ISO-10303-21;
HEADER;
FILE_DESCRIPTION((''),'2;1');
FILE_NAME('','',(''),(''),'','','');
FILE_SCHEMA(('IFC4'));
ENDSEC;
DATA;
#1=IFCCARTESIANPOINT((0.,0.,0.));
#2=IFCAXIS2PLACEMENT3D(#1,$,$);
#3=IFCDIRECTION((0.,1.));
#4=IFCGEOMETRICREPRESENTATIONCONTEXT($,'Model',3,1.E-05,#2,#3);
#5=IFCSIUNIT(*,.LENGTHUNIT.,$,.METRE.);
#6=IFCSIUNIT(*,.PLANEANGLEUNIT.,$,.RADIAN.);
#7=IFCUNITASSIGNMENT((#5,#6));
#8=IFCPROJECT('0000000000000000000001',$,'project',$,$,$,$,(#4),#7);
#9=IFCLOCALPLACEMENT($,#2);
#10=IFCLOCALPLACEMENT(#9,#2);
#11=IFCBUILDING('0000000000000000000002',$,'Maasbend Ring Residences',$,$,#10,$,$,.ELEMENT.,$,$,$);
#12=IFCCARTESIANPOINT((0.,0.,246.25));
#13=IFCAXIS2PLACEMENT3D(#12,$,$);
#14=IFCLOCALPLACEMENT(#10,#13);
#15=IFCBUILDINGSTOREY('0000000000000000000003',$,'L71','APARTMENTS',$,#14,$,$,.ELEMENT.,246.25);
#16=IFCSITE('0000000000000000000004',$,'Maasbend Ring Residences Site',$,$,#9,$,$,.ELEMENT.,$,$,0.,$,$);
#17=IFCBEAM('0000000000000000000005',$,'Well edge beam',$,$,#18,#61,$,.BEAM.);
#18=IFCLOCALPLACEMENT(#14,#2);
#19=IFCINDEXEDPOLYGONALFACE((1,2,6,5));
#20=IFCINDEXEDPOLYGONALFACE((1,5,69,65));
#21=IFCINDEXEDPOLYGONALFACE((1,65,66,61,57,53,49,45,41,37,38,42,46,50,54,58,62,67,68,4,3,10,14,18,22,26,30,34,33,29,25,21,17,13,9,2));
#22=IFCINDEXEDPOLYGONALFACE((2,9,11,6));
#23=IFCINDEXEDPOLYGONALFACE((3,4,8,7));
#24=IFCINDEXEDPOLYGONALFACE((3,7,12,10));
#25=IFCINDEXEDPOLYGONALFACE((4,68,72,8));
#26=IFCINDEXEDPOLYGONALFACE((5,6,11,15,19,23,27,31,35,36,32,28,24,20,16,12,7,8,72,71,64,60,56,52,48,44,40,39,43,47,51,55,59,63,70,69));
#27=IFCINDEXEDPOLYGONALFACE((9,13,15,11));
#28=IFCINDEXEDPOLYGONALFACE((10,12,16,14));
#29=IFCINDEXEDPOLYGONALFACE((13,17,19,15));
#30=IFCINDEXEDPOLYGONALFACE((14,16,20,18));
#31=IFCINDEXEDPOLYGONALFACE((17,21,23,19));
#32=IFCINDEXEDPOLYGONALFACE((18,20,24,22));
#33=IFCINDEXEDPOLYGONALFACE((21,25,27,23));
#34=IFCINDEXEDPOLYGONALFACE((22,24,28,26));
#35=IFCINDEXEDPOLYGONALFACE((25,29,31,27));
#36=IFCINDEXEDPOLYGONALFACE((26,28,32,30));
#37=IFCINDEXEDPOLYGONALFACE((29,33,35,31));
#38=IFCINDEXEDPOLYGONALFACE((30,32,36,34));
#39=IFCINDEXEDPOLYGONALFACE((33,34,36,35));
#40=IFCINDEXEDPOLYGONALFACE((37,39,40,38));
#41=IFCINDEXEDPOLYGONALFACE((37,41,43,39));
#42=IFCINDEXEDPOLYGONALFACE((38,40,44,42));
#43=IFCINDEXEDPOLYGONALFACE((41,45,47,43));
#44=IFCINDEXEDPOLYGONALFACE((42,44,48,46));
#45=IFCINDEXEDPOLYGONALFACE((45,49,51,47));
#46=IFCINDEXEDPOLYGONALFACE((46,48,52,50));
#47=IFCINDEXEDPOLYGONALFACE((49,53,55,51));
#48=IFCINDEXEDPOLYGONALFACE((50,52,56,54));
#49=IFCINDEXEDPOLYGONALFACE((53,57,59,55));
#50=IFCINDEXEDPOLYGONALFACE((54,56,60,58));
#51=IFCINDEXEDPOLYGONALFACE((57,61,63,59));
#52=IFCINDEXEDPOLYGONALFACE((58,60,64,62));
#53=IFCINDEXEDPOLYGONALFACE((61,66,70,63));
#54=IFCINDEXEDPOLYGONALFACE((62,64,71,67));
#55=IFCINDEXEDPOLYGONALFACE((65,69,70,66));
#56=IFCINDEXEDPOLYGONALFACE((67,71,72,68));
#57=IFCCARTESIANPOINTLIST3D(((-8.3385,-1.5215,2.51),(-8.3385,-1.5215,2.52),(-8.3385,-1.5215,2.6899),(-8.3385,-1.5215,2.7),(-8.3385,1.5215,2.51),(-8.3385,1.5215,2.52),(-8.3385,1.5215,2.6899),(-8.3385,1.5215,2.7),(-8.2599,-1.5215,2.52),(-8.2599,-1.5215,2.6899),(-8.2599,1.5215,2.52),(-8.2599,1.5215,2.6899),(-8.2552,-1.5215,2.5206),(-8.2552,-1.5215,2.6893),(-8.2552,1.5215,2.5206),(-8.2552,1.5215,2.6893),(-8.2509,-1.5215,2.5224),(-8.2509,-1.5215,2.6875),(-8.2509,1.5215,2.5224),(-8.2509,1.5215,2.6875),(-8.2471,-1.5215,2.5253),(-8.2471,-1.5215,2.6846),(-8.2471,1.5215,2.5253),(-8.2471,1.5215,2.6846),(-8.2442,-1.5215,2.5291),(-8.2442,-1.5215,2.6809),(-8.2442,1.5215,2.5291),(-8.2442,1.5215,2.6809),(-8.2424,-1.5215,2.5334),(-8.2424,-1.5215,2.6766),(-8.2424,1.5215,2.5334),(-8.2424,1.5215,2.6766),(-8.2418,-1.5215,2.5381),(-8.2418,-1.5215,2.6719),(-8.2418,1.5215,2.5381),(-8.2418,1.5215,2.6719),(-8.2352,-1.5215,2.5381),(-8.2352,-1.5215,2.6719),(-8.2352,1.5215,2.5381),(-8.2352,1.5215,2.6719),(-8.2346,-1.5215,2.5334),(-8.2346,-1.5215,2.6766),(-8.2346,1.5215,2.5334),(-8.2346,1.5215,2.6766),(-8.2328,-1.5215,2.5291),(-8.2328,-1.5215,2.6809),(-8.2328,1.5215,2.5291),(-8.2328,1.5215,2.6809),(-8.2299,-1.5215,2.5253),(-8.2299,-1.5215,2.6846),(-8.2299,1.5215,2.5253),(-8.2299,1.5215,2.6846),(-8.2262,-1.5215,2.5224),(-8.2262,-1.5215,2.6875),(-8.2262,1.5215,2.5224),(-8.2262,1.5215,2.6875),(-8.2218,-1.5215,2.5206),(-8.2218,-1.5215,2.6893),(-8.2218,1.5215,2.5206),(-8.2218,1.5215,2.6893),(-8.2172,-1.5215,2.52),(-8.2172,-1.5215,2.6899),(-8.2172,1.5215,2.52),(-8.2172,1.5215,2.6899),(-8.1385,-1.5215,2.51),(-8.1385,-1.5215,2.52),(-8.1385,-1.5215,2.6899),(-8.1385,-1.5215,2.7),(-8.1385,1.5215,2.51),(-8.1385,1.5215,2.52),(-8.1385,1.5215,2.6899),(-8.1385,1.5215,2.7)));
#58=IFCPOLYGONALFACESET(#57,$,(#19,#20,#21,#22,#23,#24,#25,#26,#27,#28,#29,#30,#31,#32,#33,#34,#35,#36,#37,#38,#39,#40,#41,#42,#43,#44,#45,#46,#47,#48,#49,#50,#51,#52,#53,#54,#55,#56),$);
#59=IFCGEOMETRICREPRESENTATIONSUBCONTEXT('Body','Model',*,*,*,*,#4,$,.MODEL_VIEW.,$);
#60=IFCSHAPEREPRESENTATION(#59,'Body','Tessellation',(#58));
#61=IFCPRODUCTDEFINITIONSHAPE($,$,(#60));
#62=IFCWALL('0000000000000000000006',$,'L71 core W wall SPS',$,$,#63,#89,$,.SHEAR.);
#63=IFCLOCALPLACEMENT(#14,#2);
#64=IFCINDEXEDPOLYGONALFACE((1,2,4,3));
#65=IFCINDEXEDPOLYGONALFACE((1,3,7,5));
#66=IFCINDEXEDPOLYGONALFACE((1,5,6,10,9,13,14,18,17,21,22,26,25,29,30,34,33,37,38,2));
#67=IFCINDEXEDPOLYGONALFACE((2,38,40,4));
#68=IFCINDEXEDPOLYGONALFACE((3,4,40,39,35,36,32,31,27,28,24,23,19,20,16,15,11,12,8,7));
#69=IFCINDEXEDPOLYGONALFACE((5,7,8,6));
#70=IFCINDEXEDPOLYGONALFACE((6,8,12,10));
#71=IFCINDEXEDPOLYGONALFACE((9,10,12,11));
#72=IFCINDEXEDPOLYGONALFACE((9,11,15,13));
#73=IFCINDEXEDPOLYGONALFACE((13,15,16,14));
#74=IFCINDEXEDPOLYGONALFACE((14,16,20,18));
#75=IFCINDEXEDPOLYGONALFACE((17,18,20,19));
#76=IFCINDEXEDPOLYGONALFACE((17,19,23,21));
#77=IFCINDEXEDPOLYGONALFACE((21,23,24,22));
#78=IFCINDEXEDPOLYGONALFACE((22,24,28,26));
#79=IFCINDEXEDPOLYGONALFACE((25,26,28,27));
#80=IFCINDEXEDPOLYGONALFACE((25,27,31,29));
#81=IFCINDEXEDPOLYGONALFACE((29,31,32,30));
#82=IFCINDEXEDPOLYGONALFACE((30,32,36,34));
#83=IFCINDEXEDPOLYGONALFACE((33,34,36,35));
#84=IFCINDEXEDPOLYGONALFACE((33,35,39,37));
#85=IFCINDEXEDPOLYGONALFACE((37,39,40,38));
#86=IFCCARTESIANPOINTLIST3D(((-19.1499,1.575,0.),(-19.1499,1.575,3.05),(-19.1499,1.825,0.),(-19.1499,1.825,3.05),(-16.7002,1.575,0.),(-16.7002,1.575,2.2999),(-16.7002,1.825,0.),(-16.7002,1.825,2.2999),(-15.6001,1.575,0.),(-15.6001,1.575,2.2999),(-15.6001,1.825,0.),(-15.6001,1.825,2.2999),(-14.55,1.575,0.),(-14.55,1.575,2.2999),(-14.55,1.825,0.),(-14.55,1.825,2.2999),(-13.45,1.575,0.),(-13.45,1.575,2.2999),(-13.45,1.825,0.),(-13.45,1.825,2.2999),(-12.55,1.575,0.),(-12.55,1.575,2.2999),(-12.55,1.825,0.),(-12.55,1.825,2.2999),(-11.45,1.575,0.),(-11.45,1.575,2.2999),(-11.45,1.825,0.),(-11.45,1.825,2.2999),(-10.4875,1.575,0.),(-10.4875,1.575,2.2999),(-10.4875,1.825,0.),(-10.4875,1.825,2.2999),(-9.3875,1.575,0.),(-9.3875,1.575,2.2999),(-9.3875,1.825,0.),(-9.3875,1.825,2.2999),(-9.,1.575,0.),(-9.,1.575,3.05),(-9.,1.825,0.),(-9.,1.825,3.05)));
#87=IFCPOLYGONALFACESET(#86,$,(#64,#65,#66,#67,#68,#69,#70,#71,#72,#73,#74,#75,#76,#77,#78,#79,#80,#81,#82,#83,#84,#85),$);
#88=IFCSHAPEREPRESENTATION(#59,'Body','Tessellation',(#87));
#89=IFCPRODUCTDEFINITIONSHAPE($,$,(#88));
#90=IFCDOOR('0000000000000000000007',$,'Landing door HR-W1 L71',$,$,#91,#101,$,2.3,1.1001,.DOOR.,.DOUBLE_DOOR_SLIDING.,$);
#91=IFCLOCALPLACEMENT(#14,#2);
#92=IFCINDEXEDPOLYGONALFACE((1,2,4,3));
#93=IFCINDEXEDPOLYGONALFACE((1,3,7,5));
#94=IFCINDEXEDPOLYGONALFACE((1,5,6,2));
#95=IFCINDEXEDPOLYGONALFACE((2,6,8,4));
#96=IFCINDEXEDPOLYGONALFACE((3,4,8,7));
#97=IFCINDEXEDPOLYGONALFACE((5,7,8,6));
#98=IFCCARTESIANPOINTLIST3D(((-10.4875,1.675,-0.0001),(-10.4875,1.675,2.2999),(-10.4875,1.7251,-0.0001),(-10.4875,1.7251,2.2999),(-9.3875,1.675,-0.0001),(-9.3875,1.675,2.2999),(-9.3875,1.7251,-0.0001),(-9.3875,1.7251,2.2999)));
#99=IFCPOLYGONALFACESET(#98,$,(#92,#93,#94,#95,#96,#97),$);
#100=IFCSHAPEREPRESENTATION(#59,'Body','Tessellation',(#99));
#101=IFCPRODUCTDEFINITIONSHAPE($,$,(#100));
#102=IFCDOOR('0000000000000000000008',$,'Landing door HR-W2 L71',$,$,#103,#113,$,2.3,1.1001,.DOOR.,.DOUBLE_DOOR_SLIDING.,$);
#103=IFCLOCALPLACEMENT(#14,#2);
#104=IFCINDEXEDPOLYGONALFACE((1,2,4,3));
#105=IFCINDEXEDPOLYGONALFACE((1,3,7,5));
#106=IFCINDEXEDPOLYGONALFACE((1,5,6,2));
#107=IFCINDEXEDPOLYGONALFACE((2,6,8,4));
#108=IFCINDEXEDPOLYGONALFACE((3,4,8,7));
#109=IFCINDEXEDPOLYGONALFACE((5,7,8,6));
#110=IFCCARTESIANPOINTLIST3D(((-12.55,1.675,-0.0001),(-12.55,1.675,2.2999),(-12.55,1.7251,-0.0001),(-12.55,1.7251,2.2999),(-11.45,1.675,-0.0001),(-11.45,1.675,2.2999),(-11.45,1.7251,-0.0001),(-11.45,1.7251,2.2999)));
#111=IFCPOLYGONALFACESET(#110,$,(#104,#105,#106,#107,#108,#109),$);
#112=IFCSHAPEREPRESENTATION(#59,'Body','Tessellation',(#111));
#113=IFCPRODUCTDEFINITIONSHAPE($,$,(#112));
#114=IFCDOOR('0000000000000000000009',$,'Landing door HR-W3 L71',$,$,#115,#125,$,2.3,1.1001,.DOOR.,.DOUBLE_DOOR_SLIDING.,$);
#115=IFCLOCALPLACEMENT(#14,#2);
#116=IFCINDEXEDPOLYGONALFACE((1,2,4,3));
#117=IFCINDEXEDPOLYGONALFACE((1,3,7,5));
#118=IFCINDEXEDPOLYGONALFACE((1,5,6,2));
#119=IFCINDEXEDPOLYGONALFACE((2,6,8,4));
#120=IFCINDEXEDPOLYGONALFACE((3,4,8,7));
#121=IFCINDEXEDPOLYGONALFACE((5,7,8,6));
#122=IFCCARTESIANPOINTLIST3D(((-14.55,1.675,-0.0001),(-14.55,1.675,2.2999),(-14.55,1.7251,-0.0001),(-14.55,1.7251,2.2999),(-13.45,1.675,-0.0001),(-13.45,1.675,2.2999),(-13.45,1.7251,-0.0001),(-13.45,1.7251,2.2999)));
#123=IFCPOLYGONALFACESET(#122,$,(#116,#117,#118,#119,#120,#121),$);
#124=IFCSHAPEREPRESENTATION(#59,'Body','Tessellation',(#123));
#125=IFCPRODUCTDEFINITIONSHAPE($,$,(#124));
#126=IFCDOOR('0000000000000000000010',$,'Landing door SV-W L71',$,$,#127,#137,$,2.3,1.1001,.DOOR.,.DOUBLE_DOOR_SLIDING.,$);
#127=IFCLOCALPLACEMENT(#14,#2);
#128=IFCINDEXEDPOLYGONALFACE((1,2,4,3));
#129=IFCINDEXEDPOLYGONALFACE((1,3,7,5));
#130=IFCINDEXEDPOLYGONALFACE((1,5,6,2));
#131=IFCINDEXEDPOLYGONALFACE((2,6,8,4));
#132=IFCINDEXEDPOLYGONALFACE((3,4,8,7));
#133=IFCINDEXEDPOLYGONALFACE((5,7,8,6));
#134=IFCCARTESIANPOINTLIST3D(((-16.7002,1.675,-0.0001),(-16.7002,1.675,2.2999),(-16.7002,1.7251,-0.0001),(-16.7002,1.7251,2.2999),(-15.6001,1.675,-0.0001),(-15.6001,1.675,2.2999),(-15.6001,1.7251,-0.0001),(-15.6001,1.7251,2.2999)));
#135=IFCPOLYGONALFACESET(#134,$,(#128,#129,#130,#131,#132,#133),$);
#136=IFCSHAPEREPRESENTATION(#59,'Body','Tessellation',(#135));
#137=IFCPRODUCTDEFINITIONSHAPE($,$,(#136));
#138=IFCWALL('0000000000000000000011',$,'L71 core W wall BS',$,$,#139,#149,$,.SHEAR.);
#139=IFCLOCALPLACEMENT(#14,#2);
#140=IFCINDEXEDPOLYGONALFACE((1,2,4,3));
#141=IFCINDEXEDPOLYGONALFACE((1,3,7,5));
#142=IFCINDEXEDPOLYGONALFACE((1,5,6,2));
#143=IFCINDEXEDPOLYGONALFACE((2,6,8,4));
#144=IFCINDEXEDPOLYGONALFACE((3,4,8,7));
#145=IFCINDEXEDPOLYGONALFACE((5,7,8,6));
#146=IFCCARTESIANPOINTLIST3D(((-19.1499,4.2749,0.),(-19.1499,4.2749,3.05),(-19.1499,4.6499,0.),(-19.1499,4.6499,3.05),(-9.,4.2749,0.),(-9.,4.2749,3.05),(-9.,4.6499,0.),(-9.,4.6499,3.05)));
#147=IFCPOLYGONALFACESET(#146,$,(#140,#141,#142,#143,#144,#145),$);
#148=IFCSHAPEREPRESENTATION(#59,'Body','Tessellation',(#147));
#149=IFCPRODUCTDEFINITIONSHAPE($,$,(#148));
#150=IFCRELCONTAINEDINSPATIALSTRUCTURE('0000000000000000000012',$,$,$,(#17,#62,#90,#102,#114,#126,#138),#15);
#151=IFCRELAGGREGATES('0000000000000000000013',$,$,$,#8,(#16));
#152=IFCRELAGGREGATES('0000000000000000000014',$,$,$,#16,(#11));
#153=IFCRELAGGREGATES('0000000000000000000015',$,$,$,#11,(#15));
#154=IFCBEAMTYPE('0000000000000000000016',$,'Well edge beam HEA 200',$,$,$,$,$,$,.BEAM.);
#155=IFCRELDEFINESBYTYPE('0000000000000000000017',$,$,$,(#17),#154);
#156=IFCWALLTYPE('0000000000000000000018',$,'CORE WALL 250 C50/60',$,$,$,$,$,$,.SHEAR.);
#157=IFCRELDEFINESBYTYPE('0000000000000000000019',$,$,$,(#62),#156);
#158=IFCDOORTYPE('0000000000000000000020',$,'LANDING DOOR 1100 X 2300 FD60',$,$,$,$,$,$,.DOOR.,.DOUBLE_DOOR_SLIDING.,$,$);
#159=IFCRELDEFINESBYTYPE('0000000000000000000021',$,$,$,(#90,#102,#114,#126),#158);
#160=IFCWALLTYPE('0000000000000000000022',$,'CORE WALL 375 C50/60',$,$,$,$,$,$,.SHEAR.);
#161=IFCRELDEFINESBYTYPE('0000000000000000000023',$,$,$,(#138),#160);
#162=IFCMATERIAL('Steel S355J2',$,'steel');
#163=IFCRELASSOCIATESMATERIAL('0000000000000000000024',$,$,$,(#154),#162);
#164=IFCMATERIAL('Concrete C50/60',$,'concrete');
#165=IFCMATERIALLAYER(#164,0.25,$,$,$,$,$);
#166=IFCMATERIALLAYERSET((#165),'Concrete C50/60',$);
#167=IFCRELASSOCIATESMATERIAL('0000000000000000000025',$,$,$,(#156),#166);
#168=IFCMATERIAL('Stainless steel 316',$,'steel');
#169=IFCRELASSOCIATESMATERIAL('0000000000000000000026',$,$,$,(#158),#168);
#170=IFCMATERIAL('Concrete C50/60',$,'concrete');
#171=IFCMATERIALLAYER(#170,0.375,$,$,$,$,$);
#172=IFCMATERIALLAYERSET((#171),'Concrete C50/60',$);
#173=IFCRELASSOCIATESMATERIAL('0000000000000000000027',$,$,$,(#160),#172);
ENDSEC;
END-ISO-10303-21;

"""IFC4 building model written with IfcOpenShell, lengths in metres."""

from ifc_helpers import new_model, si_unit, direction, frame, frame_2d, origin, origin_2d, place, context, subcontext, project, spatial, rectangle, i_section, extrude, material, layer, layer_set, material_profile, profile_set, type_object, element, fill, save


model = new_model("IFC4")

# Units and contexts
model_context = context("Model", 3, precision=1e-05, world=origin(), true_north=direction((0.0, 1.0)))
body_context = subcontext(model_context, "Body", "Model", "MODEL_VIEW")
ifc_project = project(units=[si_unit("LENGTHUNIT", "METRE"), si_unit("PLANEANGLEUNIT", "RADIAN")], contexts=[model_context])

# Site, building, storey
site_placement = place(None, origin())
site = spatial("IfcSite", under=ifc_project, at=site_placement, Name="Maasbend Ring Residences Site", CompositionType="ELEMENT", RefElevation=0.0)
building_placement = place(site_placement, origin())
building = spatial("IfcBuilding", under=site, at=building_placement, Name="Maasbend Ring Residences", CompositionType="ELEMENT")
storey_placement = place(building_placement, frame((0.0, 0.0, 246.25)))
storey = spatial("IfcBuildingStorey", under=building, at=storey_placement, Name="L71", Description="APARTMENTS", CompositionType="ELEMENT", Elevation=246.25)

# Beam
ifc_material_1 = material(Name="Steel S355J2", Category="steel")
ifc_material_profile = material_profile(ifc_material_1, i_section(OverallWidth=0.2, OverallDepth=0.1899, WebThickness=0.0066, FlangeThickness=0.01, FilletRadius=0.0181, at=origin_2d()), Name="HEA 200")
ifc_profile_set = profile_set([ifc_material_profile], Name="Steel S355J2")
beam_type = type_object("IfcBeamType", Name="Well edge beam HEA 200", PredefinedType="BEAM", material=ifc_profile_set)
beam_placement = place(storey_placement, frame((-8.2385, 1.5215, 2.605), z_axis=(0.0, -1.0, 0.0), x_axis=(1.0, 0.0, 0.0)))
element("IfcBeam", 1, at=beam_placement, inside=storey, type_object=beam_type, Name="Well edge beam", PredefinedType="BEAM", context=body_context, shape_type="SweptSolid", body=[
    extrude(i_section(OverallWidth=0.2, OverallDepth=0.1899, WebThickness=0.0066, FlangeThickness=0.01, FilletRadius=0.0181, at=origin_2d()), origin(), (0.0, 0.0, 1.0), 3.043),
])

# Wall, openings, doors
ifc_material_2 = material(Name="Concrete C50/60", Category="concrete")
ifc_layer_1 = layer(ifc_material_2, 0.25)
ifc_layer_set_1 = layer_set([ifc_layer_1], Name="Concrete C50/60")
wall_type_1 = type_object("IfcWallType", Name="CORE WALL 250 C50/60", PredefinedType="SHEAR", material=ifc_layer_set_1)
wall_1_placement = place(storey_placement, frame((-9.0, 1.7, 0.0), z_axis=(0.0, 0.0, 1.0), x_axis=(-1.0, 0.0, 0.0)))
wall_1 = element("IfcWall", 2, at=wall_1_placement, inside=storey, type_object=wall_type_1, Name="L71 core W wall SPS", PredefinedType="SHEAR", context=body_context, shape_type="SweptSolid", body=[
    extrude(rectangle(XDim=10.1499, YDim=0.25, at=frame_2d((5.075, 0.0))), origin(), (0.0, 0.0, 1.0), 3.05),
])
opening_1_placement = place(wall_1_placement, frame((0.3875, 0.0, 0.0)))
opening_1 = element("IfcOpeningElement", 3, at=opening_1_placement, cuts=wall_1, PredefinedType="OPENING", context=body_context, shape_type="SweptSolid", body=[
    extrude(rectangle(XDim=1.1001, YDim=2.3, at=frame_2d((0.55, 1.1499))), frame((0.0, 0.135, 0.0), z_axis=(0.0, -1.0, 0.0), x_axis=(1.0, 0.0, 0.0)), (0.0, 0.0, 1.0), 0.27),
])
opening_2_placement = place(wall_1_placement, frame((2.45, 0.0, 0.0)))
opening_2 = element("IfcOpeningElement", 4, at=opening_2_placement, cuts=wall_1, PredefinedType="OPENING", context=body_context, shape_type="SweptSolid", body=[
    extrude(rectangle(XDim=1.1001, YDim=2.3, at=frame_2d((0.55, 1.1499))), frame((0.0, 0.135, 0.0), z_axis=(0.0, -1.0, 0.0), x_axis=(1.0, 0.0, 0.0)), (0.0, 0.0, 1.0), 0.27),
])
opening_3_placement = place(wall_1_placement, frame((4.45, 0.0, 0.0)))
opening_3 = element("IfcOpeningElement", 5, at=opening_3_placement, cuts=wall_1, PredefinedType="OPENING", context=body_context, shape_type="SweptSolid", body=[
    extrude(rectangle(XDim=1.1001, YDim=2.3, at=frame_2d((0.55, 1.1499))), frame((0.0, 0.135, 0.0), z_axis=(0.0, -1.0, 0.0), x_axis=(1.0, 0.0, 0.0)), (0.0, 0.0, 1.0), 0.27),
])
opening_4_placement = place(wall_1_placement, frame((6.6001, 0.0, 0.0)))
opening_4 = element("IfcOpeningElement", 6, at=opening_4_placement, cuts=wall_1, PredefinedType="OPENING", context=body_context, shape_type="SweptSolid", body=[
    extrude(rectangle(XDim=1.1001, YDim=2.3, at=frame_2d((0.55, 1.1499))), frame((0.0, 0.135, 0.0), z_axis=(0.0, -1.0, 0.0), x_axis=(1.0, 0.0, 0.0)), (0.0, 0.0, 1.0), 0.27),
])
ifc_material_3 = material(Name="Stainless steel 316", Category="steel")
door_type_1 = type_object("IfcDoorType", Name="LANDING DOOR 1100 X 2300 FD60", OperationType="DOUBLE_DOOR_SLIDING", PredefinedType="DOOR", material=ifc_material_3)
door_1_placement = place(opening_1_placement, origin())
door_1 = element("IfcDoor", 7, at=door_1_placement, inside=storey, type_object=door_type_1, Name="Landing door HR-W1 L71", OperationType="DOUBLE_DOOR_SLIDING", OverallHeight=2.3, OverallWidth=1.1001, PredefinedType="DOOR", context=body_context, shape_type="SweptSolid", body=[
    extrude(rectangle(XDim=1.1001, YDim=2.3, at=frame_2d((0.55, 1.1499))), frame((0.0, 0.0249, 0.0), z_axis=(0.0, -1.0, 0.0), x_axis=(1.0, 0.0, 0.0)), (0.0, 0.0, 1.0), 0.05),
])
fill(opening_1, door_1)
door_2_placement = place(opening_2_placement, origin())
door_2 = element("IfcDoor", 8, at=door_2_placement, inside=storey, type_object=door_type_1, Name="Landing door HR-W2 L71", OperationType="DOUBLE_DOOR_SLIDING", OverallHeight=2.3, OverallWidth=1.1001, PredefinedType="DOOR", context=body_context, shape_type="SweptSolid", body=[
    extrude(rectangle(XDim=1.1001, YDim=2.3, at=frame_2d((0.55, 1.1499))), frame((0.0, 0.0249, 0.0), z_axis=(0.0, -1.0, 0.0), x_axis=(1.0, 0.0, 0.0)), (0.0, 0.0, 1.0), 0.05),
])
fill(opening_2, door_2)
door_3_placement = place(opening_3_placement, origin())
door_3 = element("IfcDoor", 9, at=door_3_placement, inside=storey, type_object=door_type_1, Name="Landing door HR-W3 L71", OperationType="DOUBLE_DOOR_SLIDING", OverallHeight=2.3, OverallWidth=1.1001, PredefinedType="DOOR", context=body_context, shape_type="SweptSolid", body=[
    extrude(rectangle(XDim=1.1001, YDim=2.3, at=frame_2d((0.55, 1.1499))), frame((0.0, 0.0249, 0.0), z_axis=(0.0, -1.0, 0.0), x_axis=(1.0, 0.0, 0.0)), (0.0, 0.0, 1.0), 0.05),
])
fill(opening_3, door_3)
door_4_placement = place(opening_4_placement, origin())
door_4 = element("IfcDoor", 10, at=door_4_placement, inside=storey, type_object=door_type_1, Name="Landing door SV-W L71", OperationType="DOUBLE_DOOR_SLIDING", OverallHeight=2.3, OverallWidth=1.1001, PredefinedType="DOOR", context=body_context, shape_type="SweptSolid", body=[
    extrude(rectangle(XDim=1.1001, YDim=2.3, at=frame_2d((0.55, 1.1499))), frame((0.0, 0.0249, 0.0), z_axis=(0.0, -1.0, 0.0), x_axis=(1.0, 0.0, 0.0)), (0.0, 0.0, 1.0), 0.05),
])
fill(opening_4, door_4)

# Wall
ifc_material_4 = material(Name="Concrete C50/60", Category="concrete")
ifc_layer_2 = layer(ifc_material_4, 0.375)
ifc_layer_set_2 = layer_set([ifc_layer_2], Name="Concrete C50/60")
wall_type_2 = type_object("IfcWallType", Name="CORE WALL 375 C50/60", PredefinedType="SHEAR", material=ifc_layer_set_2)
wall_2_placement = place(storey_placement, frame((-9.0, 4.4624, 0.0), z_axis=(0.0, 0.0, 1.0), x_axis=(-1.0, 0.0, 0.0)))
element("IfcWall", 11, at=wall_2_placement, inside=storey, type_object=wall_type_2, Name="L71 core W wall BS", PredefinedType="SHEAR", context=body_context, shape_type="SweptSolid", body=[
    extrude(rectangle(XDim=10.1499, YDim=0.375, at=frame_2d((5.075, 0.0))), origin(), (0.0, 0.0, 1.0), 3.05),
])

save(model, "model.ifc")
